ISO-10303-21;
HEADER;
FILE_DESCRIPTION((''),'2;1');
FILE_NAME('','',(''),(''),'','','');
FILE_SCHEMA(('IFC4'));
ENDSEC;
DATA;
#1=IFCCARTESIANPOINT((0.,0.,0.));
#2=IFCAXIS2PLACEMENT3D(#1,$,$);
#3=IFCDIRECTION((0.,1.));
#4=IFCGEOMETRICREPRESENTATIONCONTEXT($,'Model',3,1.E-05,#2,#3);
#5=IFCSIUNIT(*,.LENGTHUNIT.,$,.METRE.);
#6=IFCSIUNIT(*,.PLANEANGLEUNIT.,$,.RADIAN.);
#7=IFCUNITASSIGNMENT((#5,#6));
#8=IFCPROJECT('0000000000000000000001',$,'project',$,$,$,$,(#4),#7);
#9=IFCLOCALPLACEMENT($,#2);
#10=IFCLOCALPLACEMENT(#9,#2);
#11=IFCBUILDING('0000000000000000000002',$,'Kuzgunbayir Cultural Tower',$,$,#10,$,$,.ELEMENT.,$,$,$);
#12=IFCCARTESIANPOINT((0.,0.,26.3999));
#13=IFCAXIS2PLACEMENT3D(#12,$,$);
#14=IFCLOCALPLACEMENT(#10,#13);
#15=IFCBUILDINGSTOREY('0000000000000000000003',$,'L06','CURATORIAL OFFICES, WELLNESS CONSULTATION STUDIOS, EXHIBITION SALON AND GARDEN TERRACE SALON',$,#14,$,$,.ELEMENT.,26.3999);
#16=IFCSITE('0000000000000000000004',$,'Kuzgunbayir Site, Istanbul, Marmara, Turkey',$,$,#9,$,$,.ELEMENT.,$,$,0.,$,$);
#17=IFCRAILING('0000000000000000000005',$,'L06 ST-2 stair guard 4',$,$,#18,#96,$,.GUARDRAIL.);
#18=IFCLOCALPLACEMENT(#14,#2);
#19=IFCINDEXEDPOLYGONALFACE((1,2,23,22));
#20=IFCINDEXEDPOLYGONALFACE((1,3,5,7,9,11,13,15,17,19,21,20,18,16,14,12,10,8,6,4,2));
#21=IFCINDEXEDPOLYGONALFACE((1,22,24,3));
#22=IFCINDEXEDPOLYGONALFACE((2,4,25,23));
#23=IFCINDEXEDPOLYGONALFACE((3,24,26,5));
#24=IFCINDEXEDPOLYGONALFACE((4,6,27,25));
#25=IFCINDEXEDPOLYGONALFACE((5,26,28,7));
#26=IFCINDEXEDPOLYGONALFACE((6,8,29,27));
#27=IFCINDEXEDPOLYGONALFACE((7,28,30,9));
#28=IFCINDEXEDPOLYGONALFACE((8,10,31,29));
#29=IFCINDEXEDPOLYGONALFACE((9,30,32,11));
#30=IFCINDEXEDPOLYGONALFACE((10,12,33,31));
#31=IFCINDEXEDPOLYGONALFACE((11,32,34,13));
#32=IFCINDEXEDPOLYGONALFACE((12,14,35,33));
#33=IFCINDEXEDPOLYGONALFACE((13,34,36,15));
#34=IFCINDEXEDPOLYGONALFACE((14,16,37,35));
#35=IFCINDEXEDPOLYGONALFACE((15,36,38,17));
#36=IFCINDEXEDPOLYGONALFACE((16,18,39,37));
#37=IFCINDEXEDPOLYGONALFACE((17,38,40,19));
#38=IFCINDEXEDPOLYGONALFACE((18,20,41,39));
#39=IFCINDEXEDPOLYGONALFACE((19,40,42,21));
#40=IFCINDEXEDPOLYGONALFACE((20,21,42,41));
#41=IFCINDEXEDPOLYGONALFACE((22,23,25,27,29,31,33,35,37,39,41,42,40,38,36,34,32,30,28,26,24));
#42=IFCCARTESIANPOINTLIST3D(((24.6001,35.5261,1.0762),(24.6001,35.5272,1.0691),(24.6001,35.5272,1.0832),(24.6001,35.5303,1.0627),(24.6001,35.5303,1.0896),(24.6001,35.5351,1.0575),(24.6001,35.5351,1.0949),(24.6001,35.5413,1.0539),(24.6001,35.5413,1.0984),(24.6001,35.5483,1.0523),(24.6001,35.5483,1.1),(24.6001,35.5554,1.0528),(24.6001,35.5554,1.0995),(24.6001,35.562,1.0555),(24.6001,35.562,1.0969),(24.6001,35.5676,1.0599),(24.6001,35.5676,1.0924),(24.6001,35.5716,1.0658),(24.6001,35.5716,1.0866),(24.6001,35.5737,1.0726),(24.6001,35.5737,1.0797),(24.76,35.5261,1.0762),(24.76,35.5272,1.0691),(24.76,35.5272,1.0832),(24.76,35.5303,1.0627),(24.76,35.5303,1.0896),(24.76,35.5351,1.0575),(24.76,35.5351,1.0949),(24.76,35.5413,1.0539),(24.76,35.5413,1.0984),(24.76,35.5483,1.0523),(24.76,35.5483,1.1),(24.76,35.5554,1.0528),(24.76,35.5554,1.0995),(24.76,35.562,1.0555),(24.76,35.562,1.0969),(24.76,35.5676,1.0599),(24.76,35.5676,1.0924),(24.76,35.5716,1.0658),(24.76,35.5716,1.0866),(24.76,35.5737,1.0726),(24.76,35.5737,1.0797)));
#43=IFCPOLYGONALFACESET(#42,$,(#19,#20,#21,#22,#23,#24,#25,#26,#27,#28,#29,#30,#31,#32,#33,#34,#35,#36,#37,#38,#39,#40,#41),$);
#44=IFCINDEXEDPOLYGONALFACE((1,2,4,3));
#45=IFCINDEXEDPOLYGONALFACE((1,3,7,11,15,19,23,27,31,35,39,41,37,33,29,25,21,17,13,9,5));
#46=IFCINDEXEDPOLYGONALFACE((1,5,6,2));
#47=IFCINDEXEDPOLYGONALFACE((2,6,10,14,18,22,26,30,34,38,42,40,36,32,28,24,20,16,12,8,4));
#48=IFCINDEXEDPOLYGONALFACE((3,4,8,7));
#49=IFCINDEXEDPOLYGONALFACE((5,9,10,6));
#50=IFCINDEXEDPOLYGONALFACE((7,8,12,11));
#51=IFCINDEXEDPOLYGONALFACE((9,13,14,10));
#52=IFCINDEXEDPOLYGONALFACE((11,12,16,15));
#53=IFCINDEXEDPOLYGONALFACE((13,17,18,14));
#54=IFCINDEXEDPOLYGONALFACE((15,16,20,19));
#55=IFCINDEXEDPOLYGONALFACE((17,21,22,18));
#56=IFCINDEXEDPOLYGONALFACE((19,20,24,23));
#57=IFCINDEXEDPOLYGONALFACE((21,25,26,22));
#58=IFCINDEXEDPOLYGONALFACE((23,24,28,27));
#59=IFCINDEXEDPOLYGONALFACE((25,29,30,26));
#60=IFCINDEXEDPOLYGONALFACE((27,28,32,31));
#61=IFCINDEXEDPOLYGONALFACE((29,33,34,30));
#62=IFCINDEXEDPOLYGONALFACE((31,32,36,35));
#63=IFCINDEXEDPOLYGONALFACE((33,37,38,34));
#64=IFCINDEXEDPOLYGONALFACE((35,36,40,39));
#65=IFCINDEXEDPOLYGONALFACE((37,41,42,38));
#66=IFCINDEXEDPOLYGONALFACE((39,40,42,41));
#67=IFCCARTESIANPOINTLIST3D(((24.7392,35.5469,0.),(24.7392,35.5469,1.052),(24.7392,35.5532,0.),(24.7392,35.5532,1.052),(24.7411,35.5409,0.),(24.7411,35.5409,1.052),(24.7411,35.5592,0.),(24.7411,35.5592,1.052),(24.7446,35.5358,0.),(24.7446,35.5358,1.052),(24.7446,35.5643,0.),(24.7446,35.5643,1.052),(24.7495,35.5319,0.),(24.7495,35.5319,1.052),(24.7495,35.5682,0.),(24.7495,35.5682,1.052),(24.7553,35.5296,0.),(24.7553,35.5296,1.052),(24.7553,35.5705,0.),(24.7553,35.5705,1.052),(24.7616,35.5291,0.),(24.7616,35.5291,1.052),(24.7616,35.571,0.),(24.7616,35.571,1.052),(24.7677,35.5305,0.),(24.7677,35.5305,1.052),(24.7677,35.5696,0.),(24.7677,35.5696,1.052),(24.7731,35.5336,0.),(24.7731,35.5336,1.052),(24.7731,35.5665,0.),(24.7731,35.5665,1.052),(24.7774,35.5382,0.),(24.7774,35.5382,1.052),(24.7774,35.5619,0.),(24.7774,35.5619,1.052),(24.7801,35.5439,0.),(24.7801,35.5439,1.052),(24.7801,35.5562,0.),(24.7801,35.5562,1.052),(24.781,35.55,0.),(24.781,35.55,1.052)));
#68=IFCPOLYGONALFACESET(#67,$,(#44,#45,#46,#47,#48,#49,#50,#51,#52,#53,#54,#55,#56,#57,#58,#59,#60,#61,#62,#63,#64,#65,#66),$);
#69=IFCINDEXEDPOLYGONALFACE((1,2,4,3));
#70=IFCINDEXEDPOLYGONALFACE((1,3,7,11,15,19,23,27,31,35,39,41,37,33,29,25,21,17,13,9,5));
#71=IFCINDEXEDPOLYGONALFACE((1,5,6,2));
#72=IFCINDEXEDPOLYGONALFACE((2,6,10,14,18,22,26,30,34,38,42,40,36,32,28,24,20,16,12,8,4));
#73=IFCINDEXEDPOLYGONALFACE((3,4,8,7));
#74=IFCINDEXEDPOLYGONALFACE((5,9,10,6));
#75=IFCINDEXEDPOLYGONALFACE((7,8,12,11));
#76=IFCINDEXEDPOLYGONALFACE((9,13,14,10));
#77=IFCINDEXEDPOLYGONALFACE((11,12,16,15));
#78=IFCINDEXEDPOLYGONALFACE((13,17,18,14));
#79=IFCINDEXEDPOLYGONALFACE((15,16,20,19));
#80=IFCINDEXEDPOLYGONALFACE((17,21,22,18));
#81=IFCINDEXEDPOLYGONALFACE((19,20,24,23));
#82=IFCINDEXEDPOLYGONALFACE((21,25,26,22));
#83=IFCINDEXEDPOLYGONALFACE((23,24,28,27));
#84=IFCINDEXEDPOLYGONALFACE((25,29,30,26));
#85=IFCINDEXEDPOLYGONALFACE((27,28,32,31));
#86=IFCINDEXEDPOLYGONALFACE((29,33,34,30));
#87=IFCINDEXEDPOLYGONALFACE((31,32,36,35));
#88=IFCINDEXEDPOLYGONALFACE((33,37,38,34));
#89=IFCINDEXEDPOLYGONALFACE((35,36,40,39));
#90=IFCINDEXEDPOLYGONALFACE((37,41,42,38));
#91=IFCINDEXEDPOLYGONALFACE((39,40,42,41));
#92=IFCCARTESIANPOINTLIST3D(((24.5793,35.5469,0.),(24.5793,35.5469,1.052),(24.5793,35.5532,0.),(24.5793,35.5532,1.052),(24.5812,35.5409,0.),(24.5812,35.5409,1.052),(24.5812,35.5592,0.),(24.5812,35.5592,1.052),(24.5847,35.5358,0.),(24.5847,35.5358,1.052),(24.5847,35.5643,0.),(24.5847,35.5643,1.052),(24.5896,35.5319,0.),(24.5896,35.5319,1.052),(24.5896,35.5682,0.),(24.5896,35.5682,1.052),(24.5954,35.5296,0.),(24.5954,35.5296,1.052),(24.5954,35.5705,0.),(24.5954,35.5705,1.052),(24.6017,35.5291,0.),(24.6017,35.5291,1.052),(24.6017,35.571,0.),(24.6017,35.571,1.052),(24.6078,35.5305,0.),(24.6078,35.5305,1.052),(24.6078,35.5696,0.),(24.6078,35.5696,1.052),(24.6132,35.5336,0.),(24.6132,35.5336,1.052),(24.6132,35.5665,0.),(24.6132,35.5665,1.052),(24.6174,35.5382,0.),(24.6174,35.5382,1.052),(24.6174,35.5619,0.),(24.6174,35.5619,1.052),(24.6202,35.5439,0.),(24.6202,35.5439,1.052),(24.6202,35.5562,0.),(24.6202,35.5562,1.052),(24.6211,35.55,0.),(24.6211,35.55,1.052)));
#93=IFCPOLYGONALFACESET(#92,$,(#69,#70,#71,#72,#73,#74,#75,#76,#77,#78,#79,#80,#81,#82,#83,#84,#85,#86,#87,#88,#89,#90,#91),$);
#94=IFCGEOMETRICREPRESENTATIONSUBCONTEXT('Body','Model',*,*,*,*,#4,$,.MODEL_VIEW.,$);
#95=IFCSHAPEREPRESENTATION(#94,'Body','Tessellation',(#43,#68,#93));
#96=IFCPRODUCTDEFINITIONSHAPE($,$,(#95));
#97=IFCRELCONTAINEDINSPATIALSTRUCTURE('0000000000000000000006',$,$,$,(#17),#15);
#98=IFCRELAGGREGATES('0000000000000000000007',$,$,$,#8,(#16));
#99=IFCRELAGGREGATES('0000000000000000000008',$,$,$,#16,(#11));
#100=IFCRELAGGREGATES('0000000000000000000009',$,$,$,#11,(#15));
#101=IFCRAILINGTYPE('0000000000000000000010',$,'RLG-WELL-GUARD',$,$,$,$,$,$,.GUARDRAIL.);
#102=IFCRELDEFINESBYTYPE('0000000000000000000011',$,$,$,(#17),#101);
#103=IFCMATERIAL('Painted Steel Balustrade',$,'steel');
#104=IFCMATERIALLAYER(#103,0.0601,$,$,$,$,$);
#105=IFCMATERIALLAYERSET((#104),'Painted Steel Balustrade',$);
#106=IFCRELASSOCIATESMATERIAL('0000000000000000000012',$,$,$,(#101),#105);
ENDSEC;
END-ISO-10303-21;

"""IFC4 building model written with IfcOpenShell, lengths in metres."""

from ifc_helpers import new_model, si_unit, direction, frame, origin, origin_2d, place, context, subcontext, project, spatial, circle, extrude, material, layer, layer_set, type_object, element, save


model = new_model("IFC4")

# Units and contexts
model_context = context("Model", 3, precision=1e-05, world=origin(), true_north=direction((0.0, 1.0)))
body_context = subcontext(model_context, "Body", "Model", "MODEL_VIEW")
ifc_project = project(units=[si_unit("LENGTHUNIT", "METRE"), si_unit("PLANEANGLEUNIT", "RADIAN")], contexts=[model_context])

# Site, building, storey
site_placement = place(None, origin())
site = spatial("IfcSite", under=ifc_project, at=site_placement, Name="Kuzgunbayir Site, Istanbul, Marmara, Turkey", CompositionType="ELEMENT", RefElevation=0.0)
building_placement = place(site_placement, origin())
building = spatial("IfcBuilding", under=site, at=building_placement, Name="Kuzgunbayir Cultural Tower", CompositionType="ELEMENT")
storey_placement = place(building_placement, frame((0.0, 0.0, 26.3999)))
storey = spatial("IfcBuildingStorey", under=building, at=storey_placement, Name="L06", Description="CURATORIAL OFFICES, WELLNESS CONSULTATION STUDIOS, EXHIBITION SALON AND GARDEN TERRACE SALON", CompositionType="ELEMENT", Elevation=26.3999)

# Railing
ifc_material_1 = material(Name="Painted Steel Balustrade", Category="steel")
ifc_layer_1 = layer(ifc_material_1, 0.0601)
ifc_layer_set_1 = layer_set([ifc_layer_1], Name="Painted Steel Balustrade")
railing_type_1 = type_object("IfcRailingType", Name="RLG-WELL-GUARD", PredefinedType="GUARDRAIL", material=ifc_layer_set_1)
railing_1_placement = place(storey_placement, frame((24.76, 35.55, 0.0)))
element("IfcRailing", 1, at=railing_1_placement, inside=storey, type_object=railing_type_1, Name="L06 ST-2 stair guard 4", PredefinedType="GUARDRAIL", context=body_context, shape_type="SweptSolid", body=[
    extrude(circle(Radius=0.0239, at=origin_2d()), frame((0.0, 0.0, 1.0762), z_axis=(-1.0, 0.0, 0.0), x_axis=(0.0, -1.0, 0.0)), (0.0, 0.0, 1.0), 0.1599),
    extrude(circle(Radius=0.021, at=origin_2d()), origin(), (0.0, 0.0, 1.0), 1.052),
    extrude(circle(Radius=0.021, at=origin_2d()), frame((-0.1599, 0.0, 0.0)), (0.0, 0.0, 1.0), 1.052),
])

save(model, "model.ifc")
